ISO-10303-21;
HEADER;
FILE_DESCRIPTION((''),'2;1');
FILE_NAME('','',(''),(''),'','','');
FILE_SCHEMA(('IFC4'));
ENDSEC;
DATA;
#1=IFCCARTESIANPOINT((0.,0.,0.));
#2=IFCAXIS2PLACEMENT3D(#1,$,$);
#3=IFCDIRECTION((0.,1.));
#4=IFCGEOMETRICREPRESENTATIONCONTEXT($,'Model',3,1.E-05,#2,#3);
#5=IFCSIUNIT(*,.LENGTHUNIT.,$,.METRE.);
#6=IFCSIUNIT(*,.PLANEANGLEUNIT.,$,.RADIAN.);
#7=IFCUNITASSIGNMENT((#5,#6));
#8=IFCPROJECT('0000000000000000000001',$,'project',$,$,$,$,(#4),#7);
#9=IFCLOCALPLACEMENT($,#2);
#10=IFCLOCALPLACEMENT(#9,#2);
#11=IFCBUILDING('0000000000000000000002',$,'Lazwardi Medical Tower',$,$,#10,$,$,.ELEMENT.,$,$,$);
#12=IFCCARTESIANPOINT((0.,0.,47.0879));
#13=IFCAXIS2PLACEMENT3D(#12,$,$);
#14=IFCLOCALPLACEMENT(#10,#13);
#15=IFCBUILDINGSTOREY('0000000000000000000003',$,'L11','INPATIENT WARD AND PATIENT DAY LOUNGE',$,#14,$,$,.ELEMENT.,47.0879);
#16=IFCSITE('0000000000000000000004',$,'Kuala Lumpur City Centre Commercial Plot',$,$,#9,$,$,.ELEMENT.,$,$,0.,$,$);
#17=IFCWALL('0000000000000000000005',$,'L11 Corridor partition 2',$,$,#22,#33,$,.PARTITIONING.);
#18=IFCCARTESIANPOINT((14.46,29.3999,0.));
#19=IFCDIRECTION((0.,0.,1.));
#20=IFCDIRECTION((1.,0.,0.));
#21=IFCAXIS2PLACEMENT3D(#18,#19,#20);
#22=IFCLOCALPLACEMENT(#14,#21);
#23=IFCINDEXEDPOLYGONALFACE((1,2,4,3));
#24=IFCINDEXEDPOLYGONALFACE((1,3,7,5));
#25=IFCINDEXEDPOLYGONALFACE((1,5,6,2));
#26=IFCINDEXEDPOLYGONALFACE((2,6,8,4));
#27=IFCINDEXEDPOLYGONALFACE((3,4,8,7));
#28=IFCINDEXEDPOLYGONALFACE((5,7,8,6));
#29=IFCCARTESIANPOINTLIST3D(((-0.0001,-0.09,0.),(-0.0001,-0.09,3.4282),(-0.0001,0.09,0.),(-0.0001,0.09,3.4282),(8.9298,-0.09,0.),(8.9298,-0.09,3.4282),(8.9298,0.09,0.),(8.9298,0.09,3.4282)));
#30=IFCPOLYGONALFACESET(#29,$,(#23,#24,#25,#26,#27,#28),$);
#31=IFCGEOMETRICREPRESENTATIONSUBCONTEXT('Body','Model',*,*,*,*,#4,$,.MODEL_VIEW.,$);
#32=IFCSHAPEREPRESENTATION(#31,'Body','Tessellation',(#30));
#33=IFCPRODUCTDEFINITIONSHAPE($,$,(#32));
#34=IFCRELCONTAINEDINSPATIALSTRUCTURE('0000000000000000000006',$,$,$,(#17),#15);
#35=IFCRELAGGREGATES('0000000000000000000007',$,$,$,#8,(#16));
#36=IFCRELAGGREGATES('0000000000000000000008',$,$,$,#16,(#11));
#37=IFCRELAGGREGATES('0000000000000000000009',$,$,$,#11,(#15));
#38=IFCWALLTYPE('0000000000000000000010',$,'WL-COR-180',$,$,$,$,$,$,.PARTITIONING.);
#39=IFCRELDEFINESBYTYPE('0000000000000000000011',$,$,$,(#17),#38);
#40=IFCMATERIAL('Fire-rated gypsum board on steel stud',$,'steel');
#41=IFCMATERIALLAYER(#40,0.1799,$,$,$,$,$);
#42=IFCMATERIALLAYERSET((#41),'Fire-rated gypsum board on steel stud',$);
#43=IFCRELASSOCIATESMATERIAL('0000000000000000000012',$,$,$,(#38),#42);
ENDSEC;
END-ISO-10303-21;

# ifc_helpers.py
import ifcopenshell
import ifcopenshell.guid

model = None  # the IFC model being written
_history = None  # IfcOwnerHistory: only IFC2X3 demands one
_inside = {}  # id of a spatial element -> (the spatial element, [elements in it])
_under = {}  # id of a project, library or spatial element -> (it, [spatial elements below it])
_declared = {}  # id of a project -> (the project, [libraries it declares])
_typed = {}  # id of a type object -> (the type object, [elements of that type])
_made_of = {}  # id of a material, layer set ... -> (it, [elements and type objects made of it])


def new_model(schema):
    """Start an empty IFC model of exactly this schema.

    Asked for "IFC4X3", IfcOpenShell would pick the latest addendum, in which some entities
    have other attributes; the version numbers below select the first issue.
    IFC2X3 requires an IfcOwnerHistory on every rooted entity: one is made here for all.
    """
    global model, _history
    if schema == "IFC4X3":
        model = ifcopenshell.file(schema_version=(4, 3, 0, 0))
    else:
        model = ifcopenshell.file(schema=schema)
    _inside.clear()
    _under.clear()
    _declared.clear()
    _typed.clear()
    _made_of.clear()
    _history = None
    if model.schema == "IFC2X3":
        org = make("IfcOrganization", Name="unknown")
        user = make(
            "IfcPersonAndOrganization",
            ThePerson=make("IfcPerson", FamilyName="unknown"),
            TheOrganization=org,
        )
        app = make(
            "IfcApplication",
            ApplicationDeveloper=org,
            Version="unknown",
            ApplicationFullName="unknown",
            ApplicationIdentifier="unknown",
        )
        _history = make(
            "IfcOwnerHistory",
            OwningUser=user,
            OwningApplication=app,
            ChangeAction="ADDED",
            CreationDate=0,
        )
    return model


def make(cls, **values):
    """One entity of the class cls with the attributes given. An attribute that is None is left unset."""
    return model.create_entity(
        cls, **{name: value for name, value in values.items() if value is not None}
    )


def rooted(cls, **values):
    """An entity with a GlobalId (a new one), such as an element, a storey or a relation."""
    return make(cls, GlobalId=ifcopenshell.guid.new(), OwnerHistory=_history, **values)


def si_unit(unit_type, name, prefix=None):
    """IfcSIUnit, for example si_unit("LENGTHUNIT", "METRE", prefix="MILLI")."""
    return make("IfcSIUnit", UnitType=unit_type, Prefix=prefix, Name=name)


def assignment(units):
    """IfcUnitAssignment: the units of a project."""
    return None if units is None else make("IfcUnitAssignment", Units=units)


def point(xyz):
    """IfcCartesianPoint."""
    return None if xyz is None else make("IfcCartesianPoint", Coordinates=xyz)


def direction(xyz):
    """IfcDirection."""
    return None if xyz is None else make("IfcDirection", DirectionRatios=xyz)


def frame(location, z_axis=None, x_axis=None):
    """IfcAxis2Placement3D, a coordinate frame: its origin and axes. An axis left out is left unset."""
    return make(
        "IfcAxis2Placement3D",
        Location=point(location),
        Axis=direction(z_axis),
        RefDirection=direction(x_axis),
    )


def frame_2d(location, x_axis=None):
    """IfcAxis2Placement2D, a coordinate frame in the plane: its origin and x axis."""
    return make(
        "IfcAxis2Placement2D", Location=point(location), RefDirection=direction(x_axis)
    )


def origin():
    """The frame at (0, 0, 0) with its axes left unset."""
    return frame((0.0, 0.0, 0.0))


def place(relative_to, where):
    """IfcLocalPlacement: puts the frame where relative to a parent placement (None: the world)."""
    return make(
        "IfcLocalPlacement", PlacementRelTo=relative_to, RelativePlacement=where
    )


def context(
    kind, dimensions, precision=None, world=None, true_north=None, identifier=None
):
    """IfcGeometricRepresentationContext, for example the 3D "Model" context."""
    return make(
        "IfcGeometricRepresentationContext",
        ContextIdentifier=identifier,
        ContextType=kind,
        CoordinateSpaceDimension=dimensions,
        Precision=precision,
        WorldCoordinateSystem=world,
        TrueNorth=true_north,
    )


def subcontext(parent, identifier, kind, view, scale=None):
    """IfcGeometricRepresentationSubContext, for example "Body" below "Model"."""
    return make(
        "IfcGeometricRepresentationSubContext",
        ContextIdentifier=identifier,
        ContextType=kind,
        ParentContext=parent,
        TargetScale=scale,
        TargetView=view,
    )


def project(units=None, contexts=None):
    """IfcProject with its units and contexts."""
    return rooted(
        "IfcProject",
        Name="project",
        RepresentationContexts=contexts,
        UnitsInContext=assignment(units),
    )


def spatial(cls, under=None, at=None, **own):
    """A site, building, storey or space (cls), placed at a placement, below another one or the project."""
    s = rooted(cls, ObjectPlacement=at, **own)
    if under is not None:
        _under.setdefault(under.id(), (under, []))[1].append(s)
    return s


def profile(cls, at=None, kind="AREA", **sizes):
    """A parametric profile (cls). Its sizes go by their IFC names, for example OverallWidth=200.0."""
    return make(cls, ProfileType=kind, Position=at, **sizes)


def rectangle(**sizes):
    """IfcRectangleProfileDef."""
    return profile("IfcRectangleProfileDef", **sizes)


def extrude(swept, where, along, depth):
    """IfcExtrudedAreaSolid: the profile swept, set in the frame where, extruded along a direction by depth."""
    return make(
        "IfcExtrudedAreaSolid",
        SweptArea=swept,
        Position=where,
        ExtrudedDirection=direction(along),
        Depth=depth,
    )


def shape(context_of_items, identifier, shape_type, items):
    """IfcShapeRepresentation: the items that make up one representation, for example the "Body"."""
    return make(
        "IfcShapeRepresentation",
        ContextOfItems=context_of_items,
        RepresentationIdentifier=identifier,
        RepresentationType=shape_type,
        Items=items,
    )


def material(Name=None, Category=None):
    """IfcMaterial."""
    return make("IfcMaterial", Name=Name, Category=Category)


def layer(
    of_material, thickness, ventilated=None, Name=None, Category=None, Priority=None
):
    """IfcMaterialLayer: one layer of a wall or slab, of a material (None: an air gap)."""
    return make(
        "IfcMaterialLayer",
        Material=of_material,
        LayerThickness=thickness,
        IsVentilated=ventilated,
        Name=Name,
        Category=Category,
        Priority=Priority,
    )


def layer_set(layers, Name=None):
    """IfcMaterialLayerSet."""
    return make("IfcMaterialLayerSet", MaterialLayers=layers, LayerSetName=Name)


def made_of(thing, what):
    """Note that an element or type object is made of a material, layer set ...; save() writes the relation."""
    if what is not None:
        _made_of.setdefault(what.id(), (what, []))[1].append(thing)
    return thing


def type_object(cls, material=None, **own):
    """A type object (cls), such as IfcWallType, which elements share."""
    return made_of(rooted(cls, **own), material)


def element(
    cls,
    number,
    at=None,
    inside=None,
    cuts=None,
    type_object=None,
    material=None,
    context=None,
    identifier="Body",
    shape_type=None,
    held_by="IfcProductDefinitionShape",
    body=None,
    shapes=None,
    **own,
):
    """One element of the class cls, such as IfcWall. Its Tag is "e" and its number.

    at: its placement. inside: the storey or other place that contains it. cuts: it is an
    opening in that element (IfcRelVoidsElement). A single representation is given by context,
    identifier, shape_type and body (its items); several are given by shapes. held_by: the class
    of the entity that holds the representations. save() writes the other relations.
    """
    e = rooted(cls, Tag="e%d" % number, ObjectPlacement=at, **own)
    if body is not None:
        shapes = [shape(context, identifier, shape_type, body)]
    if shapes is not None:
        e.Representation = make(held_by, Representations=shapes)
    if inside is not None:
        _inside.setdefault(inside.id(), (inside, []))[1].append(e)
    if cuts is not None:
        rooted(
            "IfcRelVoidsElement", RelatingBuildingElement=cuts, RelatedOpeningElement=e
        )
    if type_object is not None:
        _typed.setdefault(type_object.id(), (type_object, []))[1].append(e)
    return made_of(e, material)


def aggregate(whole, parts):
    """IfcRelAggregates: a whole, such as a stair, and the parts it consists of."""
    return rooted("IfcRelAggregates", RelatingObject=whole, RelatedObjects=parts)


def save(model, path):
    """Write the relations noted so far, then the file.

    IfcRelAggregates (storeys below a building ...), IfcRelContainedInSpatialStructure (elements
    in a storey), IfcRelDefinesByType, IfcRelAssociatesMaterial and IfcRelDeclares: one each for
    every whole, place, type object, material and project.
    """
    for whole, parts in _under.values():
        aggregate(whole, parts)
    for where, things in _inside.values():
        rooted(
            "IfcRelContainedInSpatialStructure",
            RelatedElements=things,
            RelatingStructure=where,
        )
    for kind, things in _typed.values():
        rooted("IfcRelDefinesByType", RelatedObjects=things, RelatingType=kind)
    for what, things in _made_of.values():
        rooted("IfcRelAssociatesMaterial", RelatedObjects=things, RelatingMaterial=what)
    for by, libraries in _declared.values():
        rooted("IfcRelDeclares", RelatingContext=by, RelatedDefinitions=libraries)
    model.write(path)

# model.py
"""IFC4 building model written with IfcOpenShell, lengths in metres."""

from ifc_helpers import new_model, si_unit, direction, frame, frame_2d, origin, place, context, subcontext, project, spatial, rectangle, extrude, material, layer, layer_set, type_object, element, save


model = new_model("IFC4")

# Units and contexts
model_context = context("Model", 3, precision=1e-05, world=origin(), true_north=direction((0.0, 1.0)))
body_context = subcontext(model_context, "Body", "Model", "MODEL_VIEW")
ifc_project = project(units=[si_unit("LENGTHUNIT", "METRE"), si_unit("PLANEANGLEUNIT", "RADIAN")], contexts=[model_context])

# Site, building, storey
site_placement = place(None, origin())
site = spatial("IfcSite", under=ifc_project, at=site_placement, Name="Kuala Lumpur City Centre Commercial Plot", CompositionType="ELEMENT", RefElevation=0.0)
building_placement = place(site_placement, origin())
building = spatial("IfcBuilding", under=site, at=building_placement, Name="Lazwardi Medical Tower", CompositionType="ELEMENT")
storey_placement = place(building_placement, frame((0.0, 0.0, 47.0879)))
storey = spatial("IfcBuildingStorey", under=building, at=storey_placement, Name="L11", Description="INPATIENT WARD AND PATIENT DAY LOUNGE", CompositionType="ELEMENT", Elevation=47.0879)

# Wall
ifc_material_1 = material(Name="Fire-rated gypsum board on steel stud", Category="steel")
ifc_layer_1 = layer(ifc_material_1, 0.1799)
ifc_layer_set_1 = layer_set([ifc_layer_1], Name="Fire-rated gypsum board on steel stud")
wall_type_1 = type_object("IfcWallType", Name="WL-COR-180", PredefinedType="PARTITIONING", material=ifc_layer_set_1)
wall_1_placement = place(storey_placement, frame((14.46, 29.3999, 0.0), z_axis=(0.0, 0.0, 1.0), x_axis=(1.0, 0.0, 0.0)))
element("IfcWall", 1, at=wall_1_placement, inside=storey, type_object=wall_type_1, Name="L11 Corridor partition 2", PredefinedType="PARTITIONING", context=body_context, shape_type="SweptSolid", body=[
    extrude(rectangle(XDim=8.9299, YDim=0.1799, at=frame_2d((4.4648, 0.0))), origin(), (0.0, 0.0, 1.0), 3.4282),
])

save(model, "model.ifc")
